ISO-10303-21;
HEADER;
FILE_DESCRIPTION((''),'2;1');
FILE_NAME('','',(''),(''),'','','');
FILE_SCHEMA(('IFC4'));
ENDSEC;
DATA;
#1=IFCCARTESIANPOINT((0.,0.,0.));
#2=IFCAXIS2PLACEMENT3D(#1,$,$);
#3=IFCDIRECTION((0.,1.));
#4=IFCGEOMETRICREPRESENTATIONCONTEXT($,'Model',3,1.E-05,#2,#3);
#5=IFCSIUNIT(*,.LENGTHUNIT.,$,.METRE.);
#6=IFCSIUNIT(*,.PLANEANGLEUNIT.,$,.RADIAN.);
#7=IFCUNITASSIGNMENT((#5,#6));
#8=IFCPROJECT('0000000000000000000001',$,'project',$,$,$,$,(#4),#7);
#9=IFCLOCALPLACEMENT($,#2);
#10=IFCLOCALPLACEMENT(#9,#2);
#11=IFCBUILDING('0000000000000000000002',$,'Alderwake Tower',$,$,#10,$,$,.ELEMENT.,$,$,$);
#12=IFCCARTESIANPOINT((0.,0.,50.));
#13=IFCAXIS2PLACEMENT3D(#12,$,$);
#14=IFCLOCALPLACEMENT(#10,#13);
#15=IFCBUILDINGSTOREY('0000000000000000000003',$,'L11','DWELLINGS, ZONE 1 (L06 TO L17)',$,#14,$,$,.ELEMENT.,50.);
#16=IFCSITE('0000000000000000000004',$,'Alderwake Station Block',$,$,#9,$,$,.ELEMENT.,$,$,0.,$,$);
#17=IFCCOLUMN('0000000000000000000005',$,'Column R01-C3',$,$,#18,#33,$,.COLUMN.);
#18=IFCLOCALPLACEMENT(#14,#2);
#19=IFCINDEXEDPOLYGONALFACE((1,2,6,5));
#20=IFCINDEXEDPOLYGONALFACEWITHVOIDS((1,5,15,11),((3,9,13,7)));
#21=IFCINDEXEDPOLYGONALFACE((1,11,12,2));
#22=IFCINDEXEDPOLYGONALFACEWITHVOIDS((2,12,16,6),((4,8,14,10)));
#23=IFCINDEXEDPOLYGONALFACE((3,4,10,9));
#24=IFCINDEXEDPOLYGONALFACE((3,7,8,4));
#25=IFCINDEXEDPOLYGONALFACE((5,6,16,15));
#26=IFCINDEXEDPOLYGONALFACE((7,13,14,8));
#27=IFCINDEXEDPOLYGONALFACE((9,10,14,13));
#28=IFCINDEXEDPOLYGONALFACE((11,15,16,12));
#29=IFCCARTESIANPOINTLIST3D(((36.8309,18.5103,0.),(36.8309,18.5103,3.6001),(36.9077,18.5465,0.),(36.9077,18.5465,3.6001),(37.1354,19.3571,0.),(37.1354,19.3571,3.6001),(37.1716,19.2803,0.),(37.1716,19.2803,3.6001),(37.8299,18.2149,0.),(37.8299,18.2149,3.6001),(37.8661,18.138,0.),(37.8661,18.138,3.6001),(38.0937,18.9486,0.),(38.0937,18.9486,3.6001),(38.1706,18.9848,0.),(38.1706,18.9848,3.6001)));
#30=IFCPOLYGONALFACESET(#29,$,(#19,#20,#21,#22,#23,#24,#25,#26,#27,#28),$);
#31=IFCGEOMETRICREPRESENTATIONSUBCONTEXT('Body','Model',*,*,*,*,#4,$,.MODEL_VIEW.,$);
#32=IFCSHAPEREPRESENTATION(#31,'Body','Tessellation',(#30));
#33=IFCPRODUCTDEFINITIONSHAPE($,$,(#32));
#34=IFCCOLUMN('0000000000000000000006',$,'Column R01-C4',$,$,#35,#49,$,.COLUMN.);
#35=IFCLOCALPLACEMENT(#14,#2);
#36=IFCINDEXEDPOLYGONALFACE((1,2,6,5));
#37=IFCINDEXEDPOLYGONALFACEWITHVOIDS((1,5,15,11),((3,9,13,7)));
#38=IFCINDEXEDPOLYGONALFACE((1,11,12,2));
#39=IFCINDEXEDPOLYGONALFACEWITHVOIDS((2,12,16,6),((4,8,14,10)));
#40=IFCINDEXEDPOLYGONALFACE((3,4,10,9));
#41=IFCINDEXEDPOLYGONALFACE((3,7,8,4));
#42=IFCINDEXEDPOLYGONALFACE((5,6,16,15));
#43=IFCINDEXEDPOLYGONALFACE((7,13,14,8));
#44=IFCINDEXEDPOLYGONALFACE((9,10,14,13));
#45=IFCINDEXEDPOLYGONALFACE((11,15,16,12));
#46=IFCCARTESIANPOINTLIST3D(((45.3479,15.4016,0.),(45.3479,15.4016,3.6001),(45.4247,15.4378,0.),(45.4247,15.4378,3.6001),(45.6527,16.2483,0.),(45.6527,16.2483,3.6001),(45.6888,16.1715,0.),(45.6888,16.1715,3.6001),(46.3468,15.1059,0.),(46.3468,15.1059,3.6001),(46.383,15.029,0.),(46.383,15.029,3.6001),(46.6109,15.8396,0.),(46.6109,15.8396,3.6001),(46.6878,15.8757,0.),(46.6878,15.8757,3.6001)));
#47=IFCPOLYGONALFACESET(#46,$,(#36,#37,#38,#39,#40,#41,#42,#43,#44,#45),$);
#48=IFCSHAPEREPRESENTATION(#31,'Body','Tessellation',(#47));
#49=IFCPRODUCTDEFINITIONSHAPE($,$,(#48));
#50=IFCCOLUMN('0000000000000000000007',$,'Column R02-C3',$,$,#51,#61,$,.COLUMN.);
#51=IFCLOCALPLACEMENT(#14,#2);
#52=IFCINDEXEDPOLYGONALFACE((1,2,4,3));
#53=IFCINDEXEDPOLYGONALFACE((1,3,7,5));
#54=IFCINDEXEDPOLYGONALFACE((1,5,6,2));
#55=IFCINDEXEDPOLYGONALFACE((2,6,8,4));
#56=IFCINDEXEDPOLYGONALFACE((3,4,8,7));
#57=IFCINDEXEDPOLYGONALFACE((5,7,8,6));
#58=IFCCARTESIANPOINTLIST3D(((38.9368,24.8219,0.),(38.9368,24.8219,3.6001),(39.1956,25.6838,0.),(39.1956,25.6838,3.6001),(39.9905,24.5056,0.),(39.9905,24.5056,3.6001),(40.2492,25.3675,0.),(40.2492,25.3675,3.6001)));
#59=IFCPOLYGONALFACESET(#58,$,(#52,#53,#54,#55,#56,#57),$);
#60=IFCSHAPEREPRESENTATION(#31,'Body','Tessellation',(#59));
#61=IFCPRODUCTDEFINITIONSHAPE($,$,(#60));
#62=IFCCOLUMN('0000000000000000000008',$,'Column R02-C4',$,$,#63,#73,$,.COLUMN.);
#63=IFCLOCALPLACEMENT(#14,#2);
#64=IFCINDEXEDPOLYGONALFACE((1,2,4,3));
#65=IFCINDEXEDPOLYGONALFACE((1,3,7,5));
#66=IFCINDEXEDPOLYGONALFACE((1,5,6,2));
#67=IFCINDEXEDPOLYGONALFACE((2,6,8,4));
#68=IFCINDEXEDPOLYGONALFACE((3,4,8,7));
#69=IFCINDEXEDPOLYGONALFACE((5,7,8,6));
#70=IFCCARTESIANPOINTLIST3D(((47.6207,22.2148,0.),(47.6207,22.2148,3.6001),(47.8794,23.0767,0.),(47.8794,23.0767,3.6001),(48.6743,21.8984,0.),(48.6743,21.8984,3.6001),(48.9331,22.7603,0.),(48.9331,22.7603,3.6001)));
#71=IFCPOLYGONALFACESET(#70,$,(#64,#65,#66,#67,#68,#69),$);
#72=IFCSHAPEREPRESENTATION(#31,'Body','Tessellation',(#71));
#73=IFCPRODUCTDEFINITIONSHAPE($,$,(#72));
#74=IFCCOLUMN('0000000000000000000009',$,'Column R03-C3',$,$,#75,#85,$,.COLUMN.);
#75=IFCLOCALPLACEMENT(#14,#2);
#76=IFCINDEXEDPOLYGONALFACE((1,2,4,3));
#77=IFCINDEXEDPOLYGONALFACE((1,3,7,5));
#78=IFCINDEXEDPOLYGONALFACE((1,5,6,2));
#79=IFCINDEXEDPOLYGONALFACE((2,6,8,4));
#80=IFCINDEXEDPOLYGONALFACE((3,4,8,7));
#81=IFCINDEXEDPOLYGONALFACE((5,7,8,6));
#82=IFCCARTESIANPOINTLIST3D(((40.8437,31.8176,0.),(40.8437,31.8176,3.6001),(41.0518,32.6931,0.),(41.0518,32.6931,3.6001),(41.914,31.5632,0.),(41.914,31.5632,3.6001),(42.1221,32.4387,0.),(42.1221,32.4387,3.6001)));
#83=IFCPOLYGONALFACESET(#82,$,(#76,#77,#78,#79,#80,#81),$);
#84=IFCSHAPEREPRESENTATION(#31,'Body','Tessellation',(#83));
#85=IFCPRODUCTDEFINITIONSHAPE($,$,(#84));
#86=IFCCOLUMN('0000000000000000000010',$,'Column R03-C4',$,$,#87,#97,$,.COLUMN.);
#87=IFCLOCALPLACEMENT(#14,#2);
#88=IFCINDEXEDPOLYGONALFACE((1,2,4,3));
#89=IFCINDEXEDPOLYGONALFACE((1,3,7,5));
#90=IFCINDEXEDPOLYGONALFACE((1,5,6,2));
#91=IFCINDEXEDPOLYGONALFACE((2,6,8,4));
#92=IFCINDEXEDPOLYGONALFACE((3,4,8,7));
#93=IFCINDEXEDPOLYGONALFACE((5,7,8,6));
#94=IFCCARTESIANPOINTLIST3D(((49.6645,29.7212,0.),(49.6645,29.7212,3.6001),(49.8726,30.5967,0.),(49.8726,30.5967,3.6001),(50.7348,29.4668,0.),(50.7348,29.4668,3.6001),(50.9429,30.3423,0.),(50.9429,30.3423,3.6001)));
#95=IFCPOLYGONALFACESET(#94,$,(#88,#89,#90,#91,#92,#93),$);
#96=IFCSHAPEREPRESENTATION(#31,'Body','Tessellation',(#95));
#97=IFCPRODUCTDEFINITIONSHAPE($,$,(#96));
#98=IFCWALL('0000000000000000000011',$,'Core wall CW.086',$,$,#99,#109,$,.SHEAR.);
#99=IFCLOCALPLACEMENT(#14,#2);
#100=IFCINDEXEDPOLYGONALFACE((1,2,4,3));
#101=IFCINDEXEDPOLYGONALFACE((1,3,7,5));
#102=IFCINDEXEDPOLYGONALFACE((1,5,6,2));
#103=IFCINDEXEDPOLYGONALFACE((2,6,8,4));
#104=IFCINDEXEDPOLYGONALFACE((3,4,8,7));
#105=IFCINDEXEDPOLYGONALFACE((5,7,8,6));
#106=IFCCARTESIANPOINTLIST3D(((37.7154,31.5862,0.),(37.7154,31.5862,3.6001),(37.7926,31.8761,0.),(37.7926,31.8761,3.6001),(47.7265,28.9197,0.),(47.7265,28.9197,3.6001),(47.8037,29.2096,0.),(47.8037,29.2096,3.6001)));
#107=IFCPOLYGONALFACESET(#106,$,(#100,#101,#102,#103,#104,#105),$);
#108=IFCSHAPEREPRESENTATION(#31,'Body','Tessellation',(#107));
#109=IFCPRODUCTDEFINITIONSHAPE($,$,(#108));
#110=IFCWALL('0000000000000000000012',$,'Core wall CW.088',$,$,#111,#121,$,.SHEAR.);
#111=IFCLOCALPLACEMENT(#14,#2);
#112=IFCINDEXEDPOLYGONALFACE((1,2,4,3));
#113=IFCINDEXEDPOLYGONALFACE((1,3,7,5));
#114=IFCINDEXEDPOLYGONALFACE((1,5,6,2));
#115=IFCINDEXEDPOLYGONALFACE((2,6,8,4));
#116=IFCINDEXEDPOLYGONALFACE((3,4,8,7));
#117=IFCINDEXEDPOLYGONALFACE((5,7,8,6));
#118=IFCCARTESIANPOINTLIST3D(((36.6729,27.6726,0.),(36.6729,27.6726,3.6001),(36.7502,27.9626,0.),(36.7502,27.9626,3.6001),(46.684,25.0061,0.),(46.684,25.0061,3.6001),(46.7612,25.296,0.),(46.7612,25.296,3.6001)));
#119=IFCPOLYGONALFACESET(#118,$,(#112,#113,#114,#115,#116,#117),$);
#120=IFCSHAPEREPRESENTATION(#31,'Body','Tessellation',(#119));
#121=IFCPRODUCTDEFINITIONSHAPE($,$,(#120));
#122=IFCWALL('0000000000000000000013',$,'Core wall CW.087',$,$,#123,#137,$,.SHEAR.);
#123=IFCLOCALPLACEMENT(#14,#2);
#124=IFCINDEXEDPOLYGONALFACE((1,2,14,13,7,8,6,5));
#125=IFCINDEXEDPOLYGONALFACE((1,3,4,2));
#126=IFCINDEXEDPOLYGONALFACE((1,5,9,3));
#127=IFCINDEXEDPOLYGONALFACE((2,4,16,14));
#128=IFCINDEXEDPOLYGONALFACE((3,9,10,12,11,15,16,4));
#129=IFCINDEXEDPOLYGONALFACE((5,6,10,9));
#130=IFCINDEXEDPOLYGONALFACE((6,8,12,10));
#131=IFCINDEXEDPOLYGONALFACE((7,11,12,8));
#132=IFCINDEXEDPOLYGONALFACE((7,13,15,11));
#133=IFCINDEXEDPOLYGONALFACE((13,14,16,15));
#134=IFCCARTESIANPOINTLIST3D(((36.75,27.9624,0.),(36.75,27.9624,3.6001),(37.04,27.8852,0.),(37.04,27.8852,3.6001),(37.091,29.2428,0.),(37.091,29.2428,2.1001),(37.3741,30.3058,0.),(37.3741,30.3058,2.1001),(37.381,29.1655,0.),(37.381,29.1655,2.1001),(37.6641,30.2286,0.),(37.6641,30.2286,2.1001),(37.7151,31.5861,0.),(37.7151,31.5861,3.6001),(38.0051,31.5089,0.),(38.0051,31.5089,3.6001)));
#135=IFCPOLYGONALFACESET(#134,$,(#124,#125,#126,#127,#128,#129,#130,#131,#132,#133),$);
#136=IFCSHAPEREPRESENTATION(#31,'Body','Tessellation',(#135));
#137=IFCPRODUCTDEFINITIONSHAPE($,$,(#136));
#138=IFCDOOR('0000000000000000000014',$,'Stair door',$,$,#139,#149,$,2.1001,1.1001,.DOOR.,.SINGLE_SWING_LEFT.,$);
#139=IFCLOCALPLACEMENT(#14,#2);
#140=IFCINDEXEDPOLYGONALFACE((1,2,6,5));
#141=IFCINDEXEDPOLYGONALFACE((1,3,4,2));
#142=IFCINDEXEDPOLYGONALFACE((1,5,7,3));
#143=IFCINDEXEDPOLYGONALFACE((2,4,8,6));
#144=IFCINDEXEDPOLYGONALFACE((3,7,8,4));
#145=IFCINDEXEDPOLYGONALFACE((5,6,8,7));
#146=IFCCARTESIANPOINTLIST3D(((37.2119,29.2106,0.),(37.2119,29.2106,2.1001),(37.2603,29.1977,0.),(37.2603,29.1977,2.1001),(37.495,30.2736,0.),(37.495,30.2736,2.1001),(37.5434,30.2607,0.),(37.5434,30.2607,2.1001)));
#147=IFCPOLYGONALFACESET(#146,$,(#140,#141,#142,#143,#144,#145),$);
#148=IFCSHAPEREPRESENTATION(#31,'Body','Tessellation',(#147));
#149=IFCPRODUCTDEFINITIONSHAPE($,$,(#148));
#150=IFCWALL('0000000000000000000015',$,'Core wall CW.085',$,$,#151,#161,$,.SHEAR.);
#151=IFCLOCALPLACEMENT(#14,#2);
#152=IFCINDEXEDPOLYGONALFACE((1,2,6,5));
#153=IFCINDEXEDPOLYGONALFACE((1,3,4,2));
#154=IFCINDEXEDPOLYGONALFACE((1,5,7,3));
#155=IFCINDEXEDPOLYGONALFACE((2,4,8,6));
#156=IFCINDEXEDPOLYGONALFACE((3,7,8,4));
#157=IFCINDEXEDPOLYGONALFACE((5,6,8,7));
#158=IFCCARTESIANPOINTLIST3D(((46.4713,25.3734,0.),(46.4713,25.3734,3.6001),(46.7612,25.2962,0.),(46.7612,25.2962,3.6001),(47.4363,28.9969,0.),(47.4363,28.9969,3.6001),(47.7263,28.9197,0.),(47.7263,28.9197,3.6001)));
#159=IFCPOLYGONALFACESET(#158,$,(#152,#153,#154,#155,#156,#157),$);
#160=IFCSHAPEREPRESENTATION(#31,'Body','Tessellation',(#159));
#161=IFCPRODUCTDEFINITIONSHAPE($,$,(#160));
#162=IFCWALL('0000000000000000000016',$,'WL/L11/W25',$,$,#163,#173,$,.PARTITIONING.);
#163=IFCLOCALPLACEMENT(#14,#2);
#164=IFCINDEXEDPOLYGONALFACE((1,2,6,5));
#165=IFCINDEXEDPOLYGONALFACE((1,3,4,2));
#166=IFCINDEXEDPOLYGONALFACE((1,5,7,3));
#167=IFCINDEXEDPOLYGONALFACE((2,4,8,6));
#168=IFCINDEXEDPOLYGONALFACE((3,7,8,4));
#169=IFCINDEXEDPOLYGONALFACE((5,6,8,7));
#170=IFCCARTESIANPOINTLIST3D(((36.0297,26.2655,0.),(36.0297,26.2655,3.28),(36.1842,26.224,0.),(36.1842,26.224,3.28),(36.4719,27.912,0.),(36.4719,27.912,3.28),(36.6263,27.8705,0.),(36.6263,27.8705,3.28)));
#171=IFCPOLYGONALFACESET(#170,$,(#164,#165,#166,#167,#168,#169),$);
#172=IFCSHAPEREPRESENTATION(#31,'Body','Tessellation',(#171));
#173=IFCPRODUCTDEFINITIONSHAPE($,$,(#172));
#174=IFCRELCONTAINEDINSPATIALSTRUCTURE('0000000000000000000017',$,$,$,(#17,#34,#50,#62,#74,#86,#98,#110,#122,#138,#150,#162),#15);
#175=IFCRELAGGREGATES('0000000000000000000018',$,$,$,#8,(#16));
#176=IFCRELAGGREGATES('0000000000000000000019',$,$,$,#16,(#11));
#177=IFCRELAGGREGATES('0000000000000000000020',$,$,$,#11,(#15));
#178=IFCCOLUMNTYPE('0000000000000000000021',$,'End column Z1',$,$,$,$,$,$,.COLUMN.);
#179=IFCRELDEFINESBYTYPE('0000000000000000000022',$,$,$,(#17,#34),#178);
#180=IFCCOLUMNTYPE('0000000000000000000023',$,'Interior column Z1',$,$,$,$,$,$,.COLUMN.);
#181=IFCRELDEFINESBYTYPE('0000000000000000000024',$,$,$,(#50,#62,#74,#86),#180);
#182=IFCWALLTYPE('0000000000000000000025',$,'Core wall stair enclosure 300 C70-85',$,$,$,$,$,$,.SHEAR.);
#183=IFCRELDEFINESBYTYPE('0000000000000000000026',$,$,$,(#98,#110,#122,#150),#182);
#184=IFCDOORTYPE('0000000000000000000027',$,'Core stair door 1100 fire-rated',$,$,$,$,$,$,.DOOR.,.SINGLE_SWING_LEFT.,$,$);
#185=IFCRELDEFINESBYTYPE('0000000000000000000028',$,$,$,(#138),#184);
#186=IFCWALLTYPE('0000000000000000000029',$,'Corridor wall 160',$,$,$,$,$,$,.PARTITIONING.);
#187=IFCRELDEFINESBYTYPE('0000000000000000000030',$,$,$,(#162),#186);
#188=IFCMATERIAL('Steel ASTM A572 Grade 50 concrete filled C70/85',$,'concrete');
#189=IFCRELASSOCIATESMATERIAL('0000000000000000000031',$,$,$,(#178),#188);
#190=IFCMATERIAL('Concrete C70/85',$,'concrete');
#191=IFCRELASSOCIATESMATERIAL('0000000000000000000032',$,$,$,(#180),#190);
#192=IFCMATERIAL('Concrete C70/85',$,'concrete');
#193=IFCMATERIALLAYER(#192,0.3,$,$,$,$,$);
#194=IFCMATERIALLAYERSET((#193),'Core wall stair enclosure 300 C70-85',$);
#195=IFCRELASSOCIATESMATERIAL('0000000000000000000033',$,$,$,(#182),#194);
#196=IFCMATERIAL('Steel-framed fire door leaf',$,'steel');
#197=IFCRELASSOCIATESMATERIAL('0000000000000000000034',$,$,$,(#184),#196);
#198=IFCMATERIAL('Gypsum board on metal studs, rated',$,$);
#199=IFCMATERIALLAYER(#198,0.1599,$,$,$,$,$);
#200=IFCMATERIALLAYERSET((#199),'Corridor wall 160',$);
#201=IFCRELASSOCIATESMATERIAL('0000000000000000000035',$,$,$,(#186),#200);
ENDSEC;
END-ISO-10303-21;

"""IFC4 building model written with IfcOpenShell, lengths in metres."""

from ifc_helpers import new_model, si_unit, direction, frame, frame_2d, origin, origin_2d, place, context, subcontext, project, spatial, rectangle, hollow_rectangle, extrude, material, layer, layer_set, material_profile, profile_set, type_object, element, fill, save


model = new_model("IFC4")

# Units and contexts
model_context = context("Model", 3, precision=1e-05, world=origin(), true_north=direction((0.0, 1.0)))
body_context = subcontext(model_context, "Body", "Model", "MODEL_VIEW")
ifc_project = project(units=[si_unit("LENGTHUNIT", "METRE"), si_unit("PLANEANGLEUNIT", "RADIAN")], contexts=[model_context])

# Site, building, storey
site_placement = place(None, origin())
site = spatial("IfcSite", under=ifc_project, at=site_placement, Name="Alderwake Station Block", CompositionType="ELEMENT", RefElevation=0.0)
building_placement = place(site_placement, origin())
building = spatial("IfcBuilding", under=site, at=building_placement, Name="Alderwake Tower", CompositionType="ELEMENT")
storey_placement = place(building_placement, frame((0.0, 0.0, 50.0)))
storey = spatial("IfcBuildingStorey", under=building, at=storey_placement, Name="L11", Description="DWELLINGS, ZONE 1 (L06 TO L17)", CompositionType="ELEMENT", Elevation=50.0)

# Columns
ifc_material_1 = material(Name="Steel ASTM A572 Grade 50 concrete filled C70/85", Category="concrete")
ifc_material_profile_1 = material_profile(ifc_material_1, hollow_rectangle(XDim=0.8999, YDim=1.1001, WallThickness=0.0601, at=origin_2d()), Name="BOX 1100X900X60")
ifc_profile_set_1 = profile_set([ifc_material_profile_1], Name="Steel ASTM A572 Grade 50 concrete filled C70/85")
column_type_1 = type_object("IfcColumnType", Name="End column Z1", PredefinedType="COLUMN", material=ifc_profile_set_1)
for number, where, z_axis, x_axis, name in (
    (1, (37.5007, 18.7476, 0.0), (0.0, 0.0, 1.0), (0.33838, 0.94101, 0.0), "Column R01-C3"),
    (2, (46.0178, 15.6387, 0.0), (0.0, 0.0, 1.0), (0.338687, 0.940899, 0.0), "Column R01-C4"),
):
    element("IfcColumn", number, at=place(storey_placement, frame(where, z_axis=z_axis, x_axis=x_axis)), inside=storey, type_object=column_type_1, Name=name, PredefinedType="COLUMN", context=body_context, shape_type="SweptSolid", body=[
        extrude(hollow_rectangle(XDim=0.8999, YDim=1.1001, WallThickness=0.0601, at=origin_2d()), origin(), (0.0, 0.0, 1.0), 3.6001),
    ])
ifc_material_2 = material(Name="Concrete C70/85", Category="concrete")
ifc_material_profile_2 = material_profile(ifc_material_2, rectangle(XDim=0.8999, YDim=1.1001, at=origin_2d()), Name="RC 1100X900")
ifc_profile_set_2 = profile_set([ifc_material_profile_2], Name="Concrete C70/85")
column_type_2 = type_object("IfcColumnType", Name="Interior column Z1", PredefinedType="COLUMN", material=ifc_profile_set_2)
for number, where, z_axis, x_axis, name in (
    (3, (39.593, 25.0947, 0.0), (0.0, 0.0, 1.0), (0.287549, 0.957766, 0.0), "Column R02-C3"),
    (4, (48.2769, 22.4875, 0.0), (0.0, 0.0, 1.0), (0.287549, 0.957766, 0.0), "Column R02-C4"),
    (5, (41.4829, 32.1282, 0.0), (0.0, 0.0, 1.0), (0.231222, 0.972901, 0.0), "Column R03-C3"),
    (6, (50.3037, 30.0317, 0.0), (0.0, 0.0, 1.0), (0.231222, 0.972901, 0.0), "Column R03-C4"),
):
    element("IfcColumn", number, at=place(storey_placement, frame(where, z_axis=z_axis, x_axis=x_axis)), inside=storey, type_object=column_type_2, Name=name, PredefinedType="COLUMN", context=body_context, shape_type="SweptSolid", body=[
        extrude(rectangle(XDim=0.8999, YDim=1.1001, at=origin_2d()), origin(), (0.0, 0.0, 1.0), 3.6001),
    ])

# Walls
ifc_material_3 = material(Name="Concrete C70/85", Category="concrete")
ifc_layer_1 = layer(ifc_material_3, 0.3)
ifc_layer_set_1 = layer_set([ifc_layer_1], Name="Core wall stair enclosure 300 C70-85")
wall_type_1 = type_object("IfcWallType", Name="Core wall stair enclosure 300 C70-85", PredefinedType="SHEAR", material=ifc_layer_set_1)
for number, where, z_axis, x_axis, name in (
    (7, (37.7539, 31.7312, 0.0), (0.0, 0.0, 1.0), (0.966309, -0.257384, 0.0), "Core wall CW.086"),
    (8, (36.7114, 27.8176, 0.0), (0.0, 0.0, 1.0), (0.966309, -0.257384, 0.0), "Core wall CW.088"),
):
    element("IfcWall", number, at=place(storey_placement, frame(where, z_axis=z_axis, x_axis=x_axis)), inside=storey, type_object=wall_type_1, Name=name, PredefinedType="SHEAR", context=body_context, shape_type="SweptSolid", body=[
        extrude(rectangle(XDim=10.3601, YDim=0.3, at=frame_2d((5.1802, 0.0))), origin(), (0.0, 0.0, 1.0), 3.6001),
    ])

# Wall, opening, door
wall_1_placement = place(storey_placement, frame((36.895, 27.9238, 0.0), z_axis=(0.0, 0.0, 1.0), x_axis=(0.257351, 0.966318, 0.0)))
wall_1 = element("IfcWall", 9, at=wall_1_placement, inside=storey, type_object=wall_type_1, Name="Core wall CW.087", PredefinedType="SHEAR", context=body_context, shape_type="SweptSolid", body=[
    extrude(rectangle(XDim=3.75, YDim=0.3, at=frame_2d((1.875, 0.0))), origin(), (0.0, 0.0, 1.0), 3.6001),
])
opening_1_placement = place(wall_1_placement, frame((1.325, 0.0, 0.0)))
opening_1 = element("IfcOpeningElement", 10, at=opening_1_placement, cuts=wall_1, PredefinedType="OPENING", context=body_context, shape_type="SweptSolid", body=[
    extrude(rectangle(XDim=1.1001, YDim=2.1001, at=frame_2d((0.55, 1.05))), frame((0.0, 0.1599, 0.0), z_axis=(0.0, -1.0, 0.0), x_axis=(1.0, 0.0, 0.0)), (0.0, 0.0, 1.0), 0.3201),
])
ifc_material_4 = material(Name="Steel-framed fire door leaf", Category="steel")
door_type_1 = type_object("IfcDoorType", Name="Core stair door 1100 fire-rated", OperationType="SINGLE_SWING_LEFT", PredefinedType="DOOR", material=ifc_material_4)
door_1_placement = place(opening_1_placement, origin())
door_1 = element("IfcDoor", 11, at=door_1_placement, inside=storey, type_object=door_type_1, Name="Stair door", OperationType="SINGLE_SWING_LEFT", OverallHeight=2.1001, OverallWidth=1.1001, PredefinedType="DOOR", context=body_context, shape_type="SweptSolid", body=[
    extrude(rectangle(XDim=1.1001, YDim=2.1001, at=frame_2d((0.55, 1.05))), frame((0.0, 0.0249, 0.0), z_axis=(0.0, -1.0, 0.0), x_axis=(1.0, 0.0, 0.0)), (0.0, 0.0, 1.0), 0.05),
])
fill(opening_1, door_1)

# Walls
wall_2_placement = place(storey_placement, frame((46.6162, 25.3347, 0.0), z_axis=(0.0, 0.0, 1.0), x_axis=(0.257367, 0.966314, 0.0)))
element("IfcWall", 12, at=wall_2_placement, inside=storey, type_object=wall_type_1, Name="Core wall CW.085", PredefinedType="SHEAR", context=body_context, shape_type="SweptSolid", body=[
    extrude(rectangle(XDim=3.7498, YDim=0.3, at=frame_2d((1.875, 0.0))), origin(), (0.0, 0.0, 1.0), 3.6001),
])
ifc_material_5 = material(Name="Gypsum board on metal studs, rated")
ifc_layer_2 = layer(ifc_material_5, 0.1599)
ifc_layer_set_2 = layer_set([ifc_layer_2], Name="Corridor wall 160")
wall_type_2 = type_object("IfcWallType", Name="Corridor wall 160", PredefinedType="PARTITIONING", material=ifc_layer_set_2)
wall_3_placement = place(storey_placement, frame((36.1069, 26.2446, 0.0), z_axis=(0.0, 0.0, 1.0), x_axis=(0.259347, 0.965784, 0.0)))
element("IfcWall", 13, at=wall_3_placement, inside=storey, type_object=wall_type_2, Name="WL/L11/W25", PredefinedType="PARTITIONING", context=body_context, shape_type="SweptSolid", body=[
    extrude(rectangle(XDim=1.7048, YDim=0.1599, at=frame_2d((0.8525, 0.0))), origin(), (0.0, 0.0, 1.0), 3.28),
])

save(model, "model.ifc")
